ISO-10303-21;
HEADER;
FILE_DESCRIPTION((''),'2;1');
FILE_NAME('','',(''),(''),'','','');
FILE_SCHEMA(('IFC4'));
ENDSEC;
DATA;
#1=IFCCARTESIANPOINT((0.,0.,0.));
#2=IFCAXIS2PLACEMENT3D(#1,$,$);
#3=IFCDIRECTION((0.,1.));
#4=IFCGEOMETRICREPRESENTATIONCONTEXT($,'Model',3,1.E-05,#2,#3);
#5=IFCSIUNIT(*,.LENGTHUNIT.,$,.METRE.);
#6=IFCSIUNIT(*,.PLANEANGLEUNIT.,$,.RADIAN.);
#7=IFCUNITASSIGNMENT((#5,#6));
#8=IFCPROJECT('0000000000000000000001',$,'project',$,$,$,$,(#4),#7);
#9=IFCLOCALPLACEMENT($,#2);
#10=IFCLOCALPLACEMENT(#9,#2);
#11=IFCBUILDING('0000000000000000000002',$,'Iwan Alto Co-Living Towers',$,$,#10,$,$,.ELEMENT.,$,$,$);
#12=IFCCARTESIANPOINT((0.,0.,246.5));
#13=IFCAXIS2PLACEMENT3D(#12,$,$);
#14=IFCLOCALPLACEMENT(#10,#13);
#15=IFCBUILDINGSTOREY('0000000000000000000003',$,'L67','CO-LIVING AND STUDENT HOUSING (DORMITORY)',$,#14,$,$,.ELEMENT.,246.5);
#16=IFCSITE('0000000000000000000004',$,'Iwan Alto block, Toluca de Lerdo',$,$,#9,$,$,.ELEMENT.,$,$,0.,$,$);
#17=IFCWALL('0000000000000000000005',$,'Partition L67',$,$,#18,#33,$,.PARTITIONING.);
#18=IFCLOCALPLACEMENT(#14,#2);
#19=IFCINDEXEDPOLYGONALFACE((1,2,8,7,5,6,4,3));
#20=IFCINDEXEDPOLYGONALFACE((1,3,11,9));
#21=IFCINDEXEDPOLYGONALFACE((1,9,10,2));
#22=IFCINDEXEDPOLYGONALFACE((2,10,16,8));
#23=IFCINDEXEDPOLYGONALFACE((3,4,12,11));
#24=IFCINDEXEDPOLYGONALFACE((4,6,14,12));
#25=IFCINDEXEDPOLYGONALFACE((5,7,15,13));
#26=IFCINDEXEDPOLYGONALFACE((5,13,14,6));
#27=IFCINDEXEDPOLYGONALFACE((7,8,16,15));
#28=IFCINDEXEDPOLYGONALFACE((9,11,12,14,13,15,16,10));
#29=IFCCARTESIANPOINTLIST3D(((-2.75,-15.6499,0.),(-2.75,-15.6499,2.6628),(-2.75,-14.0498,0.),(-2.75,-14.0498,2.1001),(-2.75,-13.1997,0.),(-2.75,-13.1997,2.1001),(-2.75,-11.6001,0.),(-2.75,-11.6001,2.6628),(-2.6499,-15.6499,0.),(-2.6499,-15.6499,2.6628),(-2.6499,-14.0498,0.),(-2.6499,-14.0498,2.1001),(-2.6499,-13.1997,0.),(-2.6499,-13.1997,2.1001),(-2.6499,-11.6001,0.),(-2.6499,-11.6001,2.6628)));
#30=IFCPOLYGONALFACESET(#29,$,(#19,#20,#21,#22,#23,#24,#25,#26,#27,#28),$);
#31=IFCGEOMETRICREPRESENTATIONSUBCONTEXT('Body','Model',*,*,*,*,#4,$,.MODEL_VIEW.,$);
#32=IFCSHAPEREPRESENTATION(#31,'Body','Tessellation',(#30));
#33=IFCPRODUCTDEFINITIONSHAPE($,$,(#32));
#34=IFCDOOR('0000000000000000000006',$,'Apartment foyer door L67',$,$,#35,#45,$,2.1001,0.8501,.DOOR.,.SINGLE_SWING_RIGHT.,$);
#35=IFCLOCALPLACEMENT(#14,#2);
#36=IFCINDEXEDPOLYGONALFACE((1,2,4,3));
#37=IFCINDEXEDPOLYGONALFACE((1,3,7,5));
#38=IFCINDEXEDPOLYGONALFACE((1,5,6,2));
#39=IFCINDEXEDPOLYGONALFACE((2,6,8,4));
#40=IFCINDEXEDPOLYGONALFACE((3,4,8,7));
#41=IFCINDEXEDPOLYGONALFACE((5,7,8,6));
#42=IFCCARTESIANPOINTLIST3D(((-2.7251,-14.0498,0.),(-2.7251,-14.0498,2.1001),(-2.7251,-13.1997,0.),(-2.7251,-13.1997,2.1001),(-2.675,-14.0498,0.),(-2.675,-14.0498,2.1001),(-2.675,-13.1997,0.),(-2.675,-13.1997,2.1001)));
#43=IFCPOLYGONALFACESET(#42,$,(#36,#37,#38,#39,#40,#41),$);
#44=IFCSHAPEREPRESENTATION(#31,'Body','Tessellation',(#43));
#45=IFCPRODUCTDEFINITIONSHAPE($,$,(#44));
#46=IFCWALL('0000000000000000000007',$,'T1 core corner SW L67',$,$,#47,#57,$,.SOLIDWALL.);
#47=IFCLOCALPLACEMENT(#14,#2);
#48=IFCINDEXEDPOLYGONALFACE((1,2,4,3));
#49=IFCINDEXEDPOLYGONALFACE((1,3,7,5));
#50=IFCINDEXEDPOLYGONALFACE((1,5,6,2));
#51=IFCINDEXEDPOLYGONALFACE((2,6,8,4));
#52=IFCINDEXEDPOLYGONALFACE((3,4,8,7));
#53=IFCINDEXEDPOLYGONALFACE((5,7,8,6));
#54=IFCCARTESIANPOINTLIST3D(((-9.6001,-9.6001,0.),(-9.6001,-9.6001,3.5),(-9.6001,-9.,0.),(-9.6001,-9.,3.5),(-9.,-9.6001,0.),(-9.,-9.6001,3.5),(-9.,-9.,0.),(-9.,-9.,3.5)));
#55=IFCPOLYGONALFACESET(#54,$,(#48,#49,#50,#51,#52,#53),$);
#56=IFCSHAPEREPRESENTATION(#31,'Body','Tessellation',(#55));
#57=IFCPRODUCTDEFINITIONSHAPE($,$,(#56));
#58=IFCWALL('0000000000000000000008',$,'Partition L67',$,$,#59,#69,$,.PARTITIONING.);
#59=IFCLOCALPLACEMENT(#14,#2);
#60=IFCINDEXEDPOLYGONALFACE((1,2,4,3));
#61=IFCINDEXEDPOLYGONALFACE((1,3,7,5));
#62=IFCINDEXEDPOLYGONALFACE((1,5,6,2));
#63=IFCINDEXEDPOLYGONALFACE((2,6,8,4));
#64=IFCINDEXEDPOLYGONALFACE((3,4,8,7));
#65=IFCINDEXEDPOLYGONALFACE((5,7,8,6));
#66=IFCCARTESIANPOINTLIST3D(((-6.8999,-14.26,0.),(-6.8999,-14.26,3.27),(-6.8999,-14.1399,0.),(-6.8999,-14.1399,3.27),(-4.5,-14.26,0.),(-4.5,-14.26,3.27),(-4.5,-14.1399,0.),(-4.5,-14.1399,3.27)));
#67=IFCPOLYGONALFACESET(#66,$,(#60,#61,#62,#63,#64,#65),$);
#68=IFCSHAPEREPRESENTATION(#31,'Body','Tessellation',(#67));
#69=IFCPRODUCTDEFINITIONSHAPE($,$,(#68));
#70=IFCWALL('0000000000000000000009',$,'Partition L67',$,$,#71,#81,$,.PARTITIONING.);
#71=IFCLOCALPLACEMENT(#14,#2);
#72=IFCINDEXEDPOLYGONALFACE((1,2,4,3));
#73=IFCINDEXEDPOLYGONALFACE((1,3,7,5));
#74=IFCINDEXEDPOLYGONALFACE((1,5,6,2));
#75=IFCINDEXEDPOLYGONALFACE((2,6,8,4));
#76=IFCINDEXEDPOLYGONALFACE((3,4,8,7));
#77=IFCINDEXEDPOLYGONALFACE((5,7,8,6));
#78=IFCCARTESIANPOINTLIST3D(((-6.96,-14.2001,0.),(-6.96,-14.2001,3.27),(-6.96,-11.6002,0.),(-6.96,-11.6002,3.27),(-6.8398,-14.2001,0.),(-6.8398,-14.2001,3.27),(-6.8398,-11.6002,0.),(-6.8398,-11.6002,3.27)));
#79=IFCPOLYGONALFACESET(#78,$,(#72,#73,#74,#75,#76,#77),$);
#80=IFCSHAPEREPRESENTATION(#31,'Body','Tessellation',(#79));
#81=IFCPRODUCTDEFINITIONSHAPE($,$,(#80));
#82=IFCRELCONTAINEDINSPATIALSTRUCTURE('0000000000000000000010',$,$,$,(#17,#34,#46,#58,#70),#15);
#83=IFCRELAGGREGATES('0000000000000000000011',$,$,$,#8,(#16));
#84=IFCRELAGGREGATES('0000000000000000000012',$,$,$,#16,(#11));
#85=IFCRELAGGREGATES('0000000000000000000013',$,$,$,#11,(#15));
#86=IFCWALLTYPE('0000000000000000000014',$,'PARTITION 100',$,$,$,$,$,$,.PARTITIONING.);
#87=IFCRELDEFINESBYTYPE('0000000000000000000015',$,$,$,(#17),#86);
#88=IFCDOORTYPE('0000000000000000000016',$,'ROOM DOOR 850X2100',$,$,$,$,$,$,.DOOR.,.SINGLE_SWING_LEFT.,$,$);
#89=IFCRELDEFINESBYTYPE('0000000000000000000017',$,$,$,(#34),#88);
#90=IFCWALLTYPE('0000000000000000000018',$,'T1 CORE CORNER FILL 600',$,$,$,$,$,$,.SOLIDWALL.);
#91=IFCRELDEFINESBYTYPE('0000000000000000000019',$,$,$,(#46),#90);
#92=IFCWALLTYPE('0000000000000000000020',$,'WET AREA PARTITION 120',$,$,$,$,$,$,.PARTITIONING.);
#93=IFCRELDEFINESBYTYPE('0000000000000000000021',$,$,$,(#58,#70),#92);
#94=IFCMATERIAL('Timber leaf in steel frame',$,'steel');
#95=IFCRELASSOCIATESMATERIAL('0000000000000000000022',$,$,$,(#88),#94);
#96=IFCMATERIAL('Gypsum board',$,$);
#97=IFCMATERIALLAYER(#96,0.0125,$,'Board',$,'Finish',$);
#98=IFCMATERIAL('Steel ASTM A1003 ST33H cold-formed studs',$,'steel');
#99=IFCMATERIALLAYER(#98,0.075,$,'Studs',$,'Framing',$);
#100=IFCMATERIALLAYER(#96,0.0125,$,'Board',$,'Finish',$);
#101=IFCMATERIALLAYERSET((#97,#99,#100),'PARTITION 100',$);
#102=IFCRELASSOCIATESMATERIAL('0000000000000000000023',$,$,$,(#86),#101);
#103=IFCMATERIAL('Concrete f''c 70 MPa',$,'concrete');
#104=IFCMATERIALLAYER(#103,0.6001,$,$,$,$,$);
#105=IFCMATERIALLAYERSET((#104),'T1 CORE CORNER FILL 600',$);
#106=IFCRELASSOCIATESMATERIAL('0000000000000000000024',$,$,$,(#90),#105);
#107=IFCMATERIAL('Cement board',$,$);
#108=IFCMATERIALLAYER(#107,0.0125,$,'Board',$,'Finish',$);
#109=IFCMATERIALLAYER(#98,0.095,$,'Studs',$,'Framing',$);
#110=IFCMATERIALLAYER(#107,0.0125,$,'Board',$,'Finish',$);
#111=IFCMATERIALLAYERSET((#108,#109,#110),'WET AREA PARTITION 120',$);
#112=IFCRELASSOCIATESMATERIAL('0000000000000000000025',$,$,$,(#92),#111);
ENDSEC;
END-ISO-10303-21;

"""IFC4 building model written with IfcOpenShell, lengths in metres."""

from ifc_helpers import new_model, si_unit, direction, frame, frame_2d, origin, place, context, subcontext, project, spatial, rectangle, extrude, material, layer, layer_set, type_object, element, fill, save


model = new_model("IFC4")

# Units and contexts
model_context = context("Model", 3, precision=1e-05, world=origin(), true_north=direction((0.0, 1.0)))
body_context = subcontext(model_context, "Body", "Model", "MODEL_VIEW")
ifc_project = project(units=[si_unit("LENGTHUNIT", "METRE"), si_unit("PLANEANGLEUNIT", "RADIAN")], contexts=[model_context])

# Site, building, storey
site_placement = place(None, origin())
site = spatial("IfcSite", under=ifc_project, at=site_placement, Name="Iwan Alto block, Toluca de Lerdo", CompositionType="ELEMENT", RefElevation=0.0)
building_placement = place(site_placement, origin())
building = spatial("IfcBuilding", under=site, at=building_placement, Name="Iwan Alto Co-Living Towers", CompositionType="ELEMENT")
storey_placement = place(building_placement, frame((0.0, 0.0, 246.5)))
storey = spatial("IfcBuildingStorey", under=building, at=storey_placement, Name="L67", Description="CO-LIVING AND STUDENT HOUSING (DORMITORY)", CompositionType="ELEMENT", Elevation=246.5)

# Shared definitions
ifc_material_1 = material(Name="Gypsum board")
ifc_material_2 = material(Name="Steel ASTM A1003 ST33H cold-formed studs", Category="steel")
ifc_material_3 = material(Name="Timber leaf in steel frame", Category="steel")
door_type_1 = type_object("IfcDoorType", Name="ROOM DOOR 850X2100", OperationType="SINGLE_SWING_LEFT", PredefinedType="DOOR", material=ifc_material_3)

# Shared definitions
ifc_layer_1 = layer(ifc_material_1, 0.0125, Name="Board", Category="Finish")
ifc_layer_2 = layer(ifc_material_2, 0.075, Name="Studs", Category="Framing")
ifc_layer_3 = layer(ifc_material_1, 0.0125, Name="Board", Category="Finish")
ifc_layer_set_1 = layer_set([ifc_layer_1, ifc_layer_2, ifc_layer_3], Name="PARTITION 100")
wall_type_1 = type_object("IfcWallType", Name="PARTITION 100", PredefinedType="PARTITIONING", material=ifc_layer_set_1)

# Wall, opening, door
wall_1_placement = place(storey_placement, frame((-2.7, -15.6499, 0.0), z_axis=(0.0, 0.0, 1.0), x_axis=(0.0, 1.0, 0.0)))
wall_1 = element("IfcWall", 1, at=wall_1_placement, inside=storey, type_object=wall_type_1, Name="Partition L67", PredefinedType="PARTITIONING", context=body_context, shape_type="SweptSolid", body=[
    extrude(rectangle(XDim=4.0498, YDim=0.1001, at=frame_2d((2.0249, 0.0))), origin(), (0.0, 0.0, 1.0), 2.6628),
])
opening_1_placement = place(wall_1_placement, frame((1.6001, 0.0, 0.0)))
opening_1 = element("IfcOpeningElement", 2, at=opening_1_placement, cuts=wall_1, PredefinedType="OPENING", context=body_context, shape_type="SweptSolid", body=[
    extrude(rectangle(XDim=0.8501, YDim=2.1001, at=frame_2d((0.425, 1.05))), frame((0.0, 0.0601, 0.0), z_axis=(0.0, -1.0, 0.0), x_axis=(1.0, 0.0, 0.0)), (0.0, 0.0, 1.0), 0.1201),
])
door_1_placement = place(opening_1_placement, frame((0.8501, 0.0, 0.0), z_axis=(0.0, 0.0, 1.0), x_axis=(-1.0, 0.0, 0.0)))
door_1 = element("IfcDoor", 3, at=door_1_placement, inside=storey, type_object=door_type_1, Name="Apartment foyer door L67", OperationType="SINGLE_SWING_RIGHT", OverallHeight=2.1001, OverallWidth=0.8501, PredefinedType="DOOR", context=body_context, shape_type="SweptSolid", body=[
    extrude(rectangle(XDim=0.8501, YDim=2.1001, at=frame_2d((0.425, 1.05))), frame((0.0, 0.0249, 0.0), z_axis=(0.0, -1.0, 0.0), x_axis=(1.0, 0.0, 0.0)), (0.0, 0.0, 1.0), 0.05),
])
fill(opening_1, door_1)

# Walls
ifc_material_4 = material(Name="Concrete f'c 70 MPa", Category="concrete")
ifc_layer_4 = layer(ifc_material_4, 0.6001)
ifc_layer_set_2 = layer_set([ifc_layer_4], Name="T1 CORE CORNER FILL 600")
wall_type_2 = type_object("IfcWallType", Name="T1 CORE CORNER FILL 600", PredefinedType="SOLIDWALL", material=ifc_layer_set_2)
wall_2_placement = place(storey_placement, frame((-9.6001, -9.3, 0.0), z_axis=(0.0, 0.0, 1.0), x_axis=(1.0, 0.0, 0.0)))
element("IfcWall", 4, at=wall_2_placement, inside=storey, type_object=wall_type_2, Name="T1 core corner SW L67", PredefinedType="SOLIDWALL", context=body_context, shape_type="SweptSolid", body=[
    extrude(rectangle(XDim=0.6001, YDim=0.6001, at=frame_2d((0.3, 0.0))), origin(), (0.0, 0.0, 1.0), 3.5),
])
ifc_material_5 = material(Name="Cement board")
ifc_layer_5 = layer(ifc_material_5, 0.0125, Name="Board", Category="Finish")
ifc_layer_6 = layer(ifc_material_2, 0.095, Name="Studs", Category="Framing")
ifc_layer_7 = layer(ifc_material_5, 0.0125, Name="Board", Category="Finish")
ifc_layer_set_3 = layer_set([ifc_layer_5, ifc_layer_6, ifc_layer_7], Name="WET AREA PARTITION 120")
wall_type_3 = type_object("IfcWallType", Name="WET AREA PARTITION 120", PredefinedType="PARTITIONING", material=ifc_layer_set_3)
wall_3_placement = place(storey_placement, frame((-6.8999, -14.2, 0.0), z_axis=(0.0, 0.0, 1.0), x_axis=(1.0, 0.0, 0.0)))
element("IfcWall", 5, at=wall_3_placement, inside=storey, type_object=wall_type_3, Name="Partition L67", PredefinedType="PARTITIONING", context=body_context, shape_type="SweptSolid", body=[
    extrude(rectangle(XDim=2.3999, YDim=0.1201, at=frame_2d((1.2, 0.0))), origin(), (0.0, 0.0, 1.0), 3.27),
])
wall_4_placement = place(storey_placement, frame((-6.8999, -14.2, 0.0), z_axis=(0.0, 0.0, 1.0), x_axis=(0.0, 1.0, 0.0)))
element("IfcWall", 6, at=wall_4_placement, inside=storey, type_object=wall_type_3, Name="Partition L67", PredefinedType="PARTITIONING", context=body_context, shape_type="SweptSolid", body=[
    extrude(rectangle(XDim=2.5999, YDim=0.1201, at=frame_2d((1.2998, 0.0))), origin(), (0.0, 0.0, 1.0), 3.27),
])

save(model, "model.ifc")
